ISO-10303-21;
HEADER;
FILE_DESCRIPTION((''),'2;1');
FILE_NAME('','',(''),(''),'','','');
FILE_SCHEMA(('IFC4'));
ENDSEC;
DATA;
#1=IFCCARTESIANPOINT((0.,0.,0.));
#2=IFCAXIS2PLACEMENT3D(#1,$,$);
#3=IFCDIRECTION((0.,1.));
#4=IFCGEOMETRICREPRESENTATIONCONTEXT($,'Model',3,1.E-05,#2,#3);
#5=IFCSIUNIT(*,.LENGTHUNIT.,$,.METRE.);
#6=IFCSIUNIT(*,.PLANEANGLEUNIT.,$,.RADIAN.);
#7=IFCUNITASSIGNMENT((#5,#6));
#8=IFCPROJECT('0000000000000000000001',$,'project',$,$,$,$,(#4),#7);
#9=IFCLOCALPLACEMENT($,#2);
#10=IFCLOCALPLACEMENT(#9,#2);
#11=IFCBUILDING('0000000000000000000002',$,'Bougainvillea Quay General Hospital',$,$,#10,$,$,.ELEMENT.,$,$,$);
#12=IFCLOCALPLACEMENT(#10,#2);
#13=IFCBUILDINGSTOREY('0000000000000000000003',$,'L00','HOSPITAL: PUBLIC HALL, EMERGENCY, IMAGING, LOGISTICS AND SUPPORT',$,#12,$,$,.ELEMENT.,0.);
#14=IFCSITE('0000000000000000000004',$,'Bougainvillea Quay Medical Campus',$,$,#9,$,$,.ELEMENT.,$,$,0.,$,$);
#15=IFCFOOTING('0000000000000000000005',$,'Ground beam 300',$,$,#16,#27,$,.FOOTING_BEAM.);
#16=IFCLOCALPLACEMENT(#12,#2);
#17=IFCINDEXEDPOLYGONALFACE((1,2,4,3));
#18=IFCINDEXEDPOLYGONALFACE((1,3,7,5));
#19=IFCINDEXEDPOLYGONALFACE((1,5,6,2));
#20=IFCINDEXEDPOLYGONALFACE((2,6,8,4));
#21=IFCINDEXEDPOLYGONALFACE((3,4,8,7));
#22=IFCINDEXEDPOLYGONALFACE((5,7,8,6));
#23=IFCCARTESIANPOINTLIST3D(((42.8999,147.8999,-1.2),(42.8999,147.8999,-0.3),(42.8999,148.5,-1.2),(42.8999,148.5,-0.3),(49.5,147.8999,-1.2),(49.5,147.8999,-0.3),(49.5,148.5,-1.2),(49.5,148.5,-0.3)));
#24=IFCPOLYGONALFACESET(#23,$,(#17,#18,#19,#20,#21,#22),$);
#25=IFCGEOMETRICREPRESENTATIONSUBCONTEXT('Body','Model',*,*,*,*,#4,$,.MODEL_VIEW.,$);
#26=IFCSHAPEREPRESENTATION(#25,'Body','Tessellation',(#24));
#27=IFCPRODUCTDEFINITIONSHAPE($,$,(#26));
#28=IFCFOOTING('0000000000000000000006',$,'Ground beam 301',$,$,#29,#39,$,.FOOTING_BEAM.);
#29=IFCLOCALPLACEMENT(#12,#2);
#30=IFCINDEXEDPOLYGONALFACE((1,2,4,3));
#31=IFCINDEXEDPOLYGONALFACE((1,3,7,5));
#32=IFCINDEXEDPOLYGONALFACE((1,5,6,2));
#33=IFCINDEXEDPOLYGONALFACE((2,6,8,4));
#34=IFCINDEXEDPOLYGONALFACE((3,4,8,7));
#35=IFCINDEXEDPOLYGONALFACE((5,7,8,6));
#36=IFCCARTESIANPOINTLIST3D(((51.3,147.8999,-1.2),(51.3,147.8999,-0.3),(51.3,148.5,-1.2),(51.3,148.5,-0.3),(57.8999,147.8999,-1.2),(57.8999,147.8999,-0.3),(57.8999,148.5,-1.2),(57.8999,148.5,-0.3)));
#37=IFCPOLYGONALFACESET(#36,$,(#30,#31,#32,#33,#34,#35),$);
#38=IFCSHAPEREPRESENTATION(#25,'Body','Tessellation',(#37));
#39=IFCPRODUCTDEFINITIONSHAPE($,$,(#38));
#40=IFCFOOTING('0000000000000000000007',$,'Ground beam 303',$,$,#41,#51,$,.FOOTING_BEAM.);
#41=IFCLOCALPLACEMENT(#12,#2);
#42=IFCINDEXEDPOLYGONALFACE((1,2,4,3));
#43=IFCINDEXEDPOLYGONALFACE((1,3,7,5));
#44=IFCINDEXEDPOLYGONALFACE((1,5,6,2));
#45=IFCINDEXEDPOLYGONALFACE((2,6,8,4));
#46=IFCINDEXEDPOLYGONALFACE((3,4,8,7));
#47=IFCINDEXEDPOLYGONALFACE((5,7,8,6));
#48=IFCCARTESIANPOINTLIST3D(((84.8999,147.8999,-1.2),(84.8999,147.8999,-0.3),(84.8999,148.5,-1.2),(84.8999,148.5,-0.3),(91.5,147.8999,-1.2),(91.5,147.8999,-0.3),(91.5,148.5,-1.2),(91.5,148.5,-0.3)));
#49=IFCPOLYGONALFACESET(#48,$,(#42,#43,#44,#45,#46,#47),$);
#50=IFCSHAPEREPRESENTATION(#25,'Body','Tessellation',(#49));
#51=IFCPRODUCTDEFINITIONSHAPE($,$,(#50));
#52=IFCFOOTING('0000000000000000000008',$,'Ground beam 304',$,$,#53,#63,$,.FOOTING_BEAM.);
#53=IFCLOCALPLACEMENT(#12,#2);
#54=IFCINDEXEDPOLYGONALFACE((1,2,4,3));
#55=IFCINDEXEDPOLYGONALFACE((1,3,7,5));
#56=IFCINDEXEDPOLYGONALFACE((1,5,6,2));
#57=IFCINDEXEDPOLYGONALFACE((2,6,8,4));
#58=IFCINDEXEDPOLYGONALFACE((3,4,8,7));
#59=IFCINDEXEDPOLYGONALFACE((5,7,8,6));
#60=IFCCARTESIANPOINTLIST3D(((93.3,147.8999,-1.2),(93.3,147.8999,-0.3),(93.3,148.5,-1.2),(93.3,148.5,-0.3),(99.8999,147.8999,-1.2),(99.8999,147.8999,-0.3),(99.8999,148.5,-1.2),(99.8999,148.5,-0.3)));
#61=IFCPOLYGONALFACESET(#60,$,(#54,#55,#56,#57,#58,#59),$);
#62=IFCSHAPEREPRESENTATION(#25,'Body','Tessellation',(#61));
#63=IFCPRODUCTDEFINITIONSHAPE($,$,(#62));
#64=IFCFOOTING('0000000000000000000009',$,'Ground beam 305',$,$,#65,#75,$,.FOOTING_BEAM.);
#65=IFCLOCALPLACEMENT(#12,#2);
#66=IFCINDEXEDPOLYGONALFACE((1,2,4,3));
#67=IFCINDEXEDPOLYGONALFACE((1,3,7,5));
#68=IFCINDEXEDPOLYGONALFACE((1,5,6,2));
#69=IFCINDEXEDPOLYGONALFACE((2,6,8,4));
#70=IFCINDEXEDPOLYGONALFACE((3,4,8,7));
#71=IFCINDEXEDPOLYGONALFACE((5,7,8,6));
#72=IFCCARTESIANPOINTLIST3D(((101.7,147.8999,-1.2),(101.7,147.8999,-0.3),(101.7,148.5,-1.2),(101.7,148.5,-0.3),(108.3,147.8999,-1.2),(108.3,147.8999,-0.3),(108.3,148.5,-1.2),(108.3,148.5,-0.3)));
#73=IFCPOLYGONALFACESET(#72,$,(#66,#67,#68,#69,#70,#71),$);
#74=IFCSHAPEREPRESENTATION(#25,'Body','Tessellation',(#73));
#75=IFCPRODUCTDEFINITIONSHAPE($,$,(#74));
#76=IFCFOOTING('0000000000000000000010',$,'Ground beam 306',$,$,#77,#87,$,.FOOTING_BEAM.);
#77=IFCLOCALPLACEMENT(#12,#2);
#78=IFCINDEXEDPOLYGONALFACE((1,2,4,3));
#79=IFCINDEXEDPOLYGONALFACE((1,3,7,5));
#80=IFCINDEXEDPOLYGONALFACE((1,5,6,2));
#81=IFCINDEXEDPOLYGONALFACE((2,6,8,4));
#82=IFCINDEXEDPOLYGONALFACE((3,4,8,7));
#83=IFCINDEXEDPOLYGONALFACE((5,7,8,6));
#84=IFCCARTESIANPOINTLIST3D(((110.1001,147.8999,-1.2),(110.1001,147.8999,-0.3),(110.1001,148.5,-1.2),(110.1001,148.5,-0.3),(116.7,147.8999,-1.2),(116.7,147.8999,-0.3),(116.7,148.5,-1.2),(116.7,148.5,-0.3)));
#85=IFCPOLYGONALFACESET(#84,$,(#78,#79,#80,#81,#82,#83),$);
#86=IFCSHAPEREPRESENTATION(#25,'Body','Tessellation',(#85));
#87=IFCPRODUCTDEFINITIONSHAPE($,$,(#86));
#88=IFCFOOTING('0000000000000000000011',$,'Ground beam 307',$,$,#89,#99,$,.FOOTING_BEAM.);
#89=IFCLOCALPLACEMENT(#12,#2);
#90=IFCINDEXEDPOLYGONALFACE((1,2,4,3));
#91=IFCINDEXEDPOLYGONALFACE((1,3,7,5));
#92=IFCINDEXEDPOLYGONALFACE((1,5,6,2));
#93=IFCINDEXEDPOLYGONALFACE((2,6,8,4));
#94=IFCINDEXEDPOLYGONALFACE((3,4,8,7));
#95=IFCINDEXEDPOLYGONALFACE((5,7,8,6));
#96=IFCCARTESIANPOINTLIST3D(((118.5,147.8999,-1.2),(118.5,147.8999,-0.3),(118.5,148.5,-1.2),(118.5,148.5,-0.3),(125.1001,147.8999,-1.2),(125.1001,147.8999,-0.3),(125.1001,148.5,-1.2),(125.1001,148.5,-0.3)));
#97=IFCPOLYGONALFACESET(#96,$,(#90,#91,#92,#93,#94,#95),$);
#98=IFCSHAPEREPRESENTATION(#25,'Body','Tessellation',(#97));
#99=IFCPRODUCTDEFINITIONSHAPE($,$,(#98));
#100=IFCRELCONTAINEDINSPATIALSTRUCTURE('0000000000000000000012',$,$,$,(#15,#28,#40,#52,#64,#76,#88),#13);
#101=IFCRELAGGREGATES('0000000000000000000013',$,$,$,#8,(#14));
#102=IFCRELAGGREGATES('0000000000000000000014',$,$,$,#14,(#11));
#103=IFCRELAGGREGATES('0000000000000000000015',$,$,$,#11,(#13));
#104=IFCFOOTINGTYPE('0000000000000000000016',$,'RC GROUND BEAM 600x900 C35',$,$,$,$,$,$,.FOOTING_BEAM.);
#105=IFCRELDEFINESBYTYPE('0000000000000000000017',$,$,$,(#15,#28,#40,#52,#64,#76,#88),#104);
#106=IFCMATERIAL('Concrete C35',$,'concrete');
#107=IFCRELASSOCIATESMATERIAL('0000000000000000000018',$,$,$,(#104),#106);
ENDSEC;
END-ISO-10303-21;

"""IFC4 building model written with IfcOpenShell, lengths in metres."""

from ifc_helpers import new_model, si_unit, direction, frame, origin, origin_2d, place, context, subcontext, project, spatial, polyline, rectangle, outline, extrude, material, material_profile, profile_set, type_object, element, save


model = new_model("IFC4")

# Units and contexts
model_context = context("Model", 3, precision=1e-05, world=origin(), true_north=direction((0.0, 1.0)))
body_context = subcontext(model_context, "Body", "Model", "MODEL_VIEW")
ifc_project = project(units=[si_unit("LENGTHUNIT", "METRE"), si_unit("PLANEANGLEUNIT", "RADIAN")], contexts=[model_context])

# Site, building, storey
site_placement = place(None, origin())
site = spatial("IfcSite", under=ifc_project, at=site_placement, Name="Bougainvillea Quay Medical Campus", CompositionType="ELEMENT", RefElevation=0.0)
building_placement = place(site_placement, origin())
building = spatial("IfcBuilding", under=site, at=building_placement, Name="Bougainvillea Quay General Hospital", CompositionType="ELEMENT")
storey_placement = place(building_placement, origin())
storey = spatial("IfcBuildingStorey", under=building, at=storey_placement, Name="L00", Description="HOSPITAL: PUBLIC HALL, EMERGENCY, IMAGING, LOGISTICS AND SUPPORT", CompositionType="ELEMENT", Elevation=0.0)

# Footings
ifc_material = material(Name="Concrete C35", Category="concrete")
ifc_material_profile = material_profile(ifc_material, rectangle(XDim=0.6001, YDim=0.8999, at=origin_2d()))
ifc_profile_set = profile_set([ifc_material_profile], Name="Concrete C35")
footing_type = type_object("IfcFootingType", Name="RC GROUND BEAM 600x900 C35", PredefinedType="FOOTING_BEAM", material=ifc_profile_set)
footing_1_placement = place(storey_placement, frame((0.0, 0.0, -1.2)))
element("IfcFooting", 1, at=footing_1_placement, inside=storey, type_object=footing_type, Name="Ground beam 300", PredefinedType="FOOTING_BEAM", context=body_context, shape_type="SweptSolid", body=[
    extrude(outline(polyline([(42.8999, 148.5), (49.5, 148.5), (49.5, 147.8999), (42.8999, 147.8999), (42.8999, 148.5)])), origin(), (0.0, 0.0, 1.0), 0.8999),
])
footing_2_placement = place(storey_placement, frame((0.0, 0.0, -1.2)))
element("IfcFooting", 2, at=footing_2_placement, inside=storey, type_object=footing_type, Name="Ground beam 301", PredefinedType="FOOTING_BEAM", context=body_context, shape_type="SweptSolid", body=[
    extrude(outline(polyline([(51.3, 148.5), (57.8999, 148.5), (57.8999, 147.8999), (51.3, 147.8999), (51.3, 148.5)])), origin(), (0.0, 0.0, 1.0), 0.8999),
])
footing_3_placement = place(storey_placement, frame((0.0, 0.0, -1.2)))
element("IfcFooting", 3, at=footing_3_placement, inside=storey, type_object=footing_type, Name="Ground beam 303", PredefinedType="FOOTING_BEAM", context=body_context, shape_type="SweptSolid", body=[
    extrude(outline(polyline([(84.8999, 148.5), (91.5, 148.5), (91.5, 147.8999), (84.8999, 147.8999), (84.8999, 148.5)])), origin(), (0.0, 0.0, 1.0), 0.8999),
])
footing_4_placement = place(storey_placement, frame((0.0, 0.0, -1.2)))
element("IfcFooting", 4, at=footing_4_placement, inside=storey, type_object=footing_type, Name="Ground beam 304", PredefinedType="FOOTING_BEAM", context=body_context, shape_type="SweptSolid", body=[
    extrude(outline(polyline([(93.3, 148.5), (99.8999, 148.5), (99.8999, 147.8999), (93.3, 147.8999), (93.3, 148.5)])), origin(), (0.0, 0.0, 1.0), 0.8999),
])
footing_5_placement = place(storey_placement, frame((0.0, 0.0, -1.2)))
element("IfcFooting", 5, at=footing_5_placement, inside=storey, type_object=footing_type, Name="Ground beam 305", PredefinedType="FOOTING_BEAM", context=body_context, shape_type="SweptSolid", body=[
    extrude(outline(polyline([(101.7, 148.5), (108.3, 148.5), (108.3, 147.8999), (101.7, 147.8999), (101.7, 148.5)])), origin(), (0.0, 0.0, 1.0), 0.8999),
])
footing_6_placement = place(storey_placement, frame((0.0, 0.0, -1.2)))
element("IfcFooting", 6, at=footing_6_placement, inside=storey, type_object=footing_type, Name="Ground beam 306", PredefinedType="FOOTING_BEAM", context=body_context, shape_type="SweptSolid", body=[
    extrude(outline(polyline([(110.1001, 148.5), (116.7, 148.5), (116.7, 147.8999), (110.1001, 147.8999), (110.1001, 148.5)])), origin(), (0.0, 0.0, 1.0), 0.8999),
])
footing_7_placement = place(storey_placement, frame((0.0, 0.0, -1.2)))
element("IfcFooting", 7, at=footing_7_placement, inside=storey, type_object=footing_type, Name="Ground beam 307", PredefinedType="FOOTING_BEAM", context=body_context, shape_type="SweptSolid", body=[
    extrude(outline(polyline([(118.5, 148.5), (125.1001, 148.5), (125.1001, 147.8999), (118.5, 147.8999), (118.5, 148.5)])), origin(), (0.0, 0.0, 1.0), 0.8999),
])

save(model, "model.ifc")
